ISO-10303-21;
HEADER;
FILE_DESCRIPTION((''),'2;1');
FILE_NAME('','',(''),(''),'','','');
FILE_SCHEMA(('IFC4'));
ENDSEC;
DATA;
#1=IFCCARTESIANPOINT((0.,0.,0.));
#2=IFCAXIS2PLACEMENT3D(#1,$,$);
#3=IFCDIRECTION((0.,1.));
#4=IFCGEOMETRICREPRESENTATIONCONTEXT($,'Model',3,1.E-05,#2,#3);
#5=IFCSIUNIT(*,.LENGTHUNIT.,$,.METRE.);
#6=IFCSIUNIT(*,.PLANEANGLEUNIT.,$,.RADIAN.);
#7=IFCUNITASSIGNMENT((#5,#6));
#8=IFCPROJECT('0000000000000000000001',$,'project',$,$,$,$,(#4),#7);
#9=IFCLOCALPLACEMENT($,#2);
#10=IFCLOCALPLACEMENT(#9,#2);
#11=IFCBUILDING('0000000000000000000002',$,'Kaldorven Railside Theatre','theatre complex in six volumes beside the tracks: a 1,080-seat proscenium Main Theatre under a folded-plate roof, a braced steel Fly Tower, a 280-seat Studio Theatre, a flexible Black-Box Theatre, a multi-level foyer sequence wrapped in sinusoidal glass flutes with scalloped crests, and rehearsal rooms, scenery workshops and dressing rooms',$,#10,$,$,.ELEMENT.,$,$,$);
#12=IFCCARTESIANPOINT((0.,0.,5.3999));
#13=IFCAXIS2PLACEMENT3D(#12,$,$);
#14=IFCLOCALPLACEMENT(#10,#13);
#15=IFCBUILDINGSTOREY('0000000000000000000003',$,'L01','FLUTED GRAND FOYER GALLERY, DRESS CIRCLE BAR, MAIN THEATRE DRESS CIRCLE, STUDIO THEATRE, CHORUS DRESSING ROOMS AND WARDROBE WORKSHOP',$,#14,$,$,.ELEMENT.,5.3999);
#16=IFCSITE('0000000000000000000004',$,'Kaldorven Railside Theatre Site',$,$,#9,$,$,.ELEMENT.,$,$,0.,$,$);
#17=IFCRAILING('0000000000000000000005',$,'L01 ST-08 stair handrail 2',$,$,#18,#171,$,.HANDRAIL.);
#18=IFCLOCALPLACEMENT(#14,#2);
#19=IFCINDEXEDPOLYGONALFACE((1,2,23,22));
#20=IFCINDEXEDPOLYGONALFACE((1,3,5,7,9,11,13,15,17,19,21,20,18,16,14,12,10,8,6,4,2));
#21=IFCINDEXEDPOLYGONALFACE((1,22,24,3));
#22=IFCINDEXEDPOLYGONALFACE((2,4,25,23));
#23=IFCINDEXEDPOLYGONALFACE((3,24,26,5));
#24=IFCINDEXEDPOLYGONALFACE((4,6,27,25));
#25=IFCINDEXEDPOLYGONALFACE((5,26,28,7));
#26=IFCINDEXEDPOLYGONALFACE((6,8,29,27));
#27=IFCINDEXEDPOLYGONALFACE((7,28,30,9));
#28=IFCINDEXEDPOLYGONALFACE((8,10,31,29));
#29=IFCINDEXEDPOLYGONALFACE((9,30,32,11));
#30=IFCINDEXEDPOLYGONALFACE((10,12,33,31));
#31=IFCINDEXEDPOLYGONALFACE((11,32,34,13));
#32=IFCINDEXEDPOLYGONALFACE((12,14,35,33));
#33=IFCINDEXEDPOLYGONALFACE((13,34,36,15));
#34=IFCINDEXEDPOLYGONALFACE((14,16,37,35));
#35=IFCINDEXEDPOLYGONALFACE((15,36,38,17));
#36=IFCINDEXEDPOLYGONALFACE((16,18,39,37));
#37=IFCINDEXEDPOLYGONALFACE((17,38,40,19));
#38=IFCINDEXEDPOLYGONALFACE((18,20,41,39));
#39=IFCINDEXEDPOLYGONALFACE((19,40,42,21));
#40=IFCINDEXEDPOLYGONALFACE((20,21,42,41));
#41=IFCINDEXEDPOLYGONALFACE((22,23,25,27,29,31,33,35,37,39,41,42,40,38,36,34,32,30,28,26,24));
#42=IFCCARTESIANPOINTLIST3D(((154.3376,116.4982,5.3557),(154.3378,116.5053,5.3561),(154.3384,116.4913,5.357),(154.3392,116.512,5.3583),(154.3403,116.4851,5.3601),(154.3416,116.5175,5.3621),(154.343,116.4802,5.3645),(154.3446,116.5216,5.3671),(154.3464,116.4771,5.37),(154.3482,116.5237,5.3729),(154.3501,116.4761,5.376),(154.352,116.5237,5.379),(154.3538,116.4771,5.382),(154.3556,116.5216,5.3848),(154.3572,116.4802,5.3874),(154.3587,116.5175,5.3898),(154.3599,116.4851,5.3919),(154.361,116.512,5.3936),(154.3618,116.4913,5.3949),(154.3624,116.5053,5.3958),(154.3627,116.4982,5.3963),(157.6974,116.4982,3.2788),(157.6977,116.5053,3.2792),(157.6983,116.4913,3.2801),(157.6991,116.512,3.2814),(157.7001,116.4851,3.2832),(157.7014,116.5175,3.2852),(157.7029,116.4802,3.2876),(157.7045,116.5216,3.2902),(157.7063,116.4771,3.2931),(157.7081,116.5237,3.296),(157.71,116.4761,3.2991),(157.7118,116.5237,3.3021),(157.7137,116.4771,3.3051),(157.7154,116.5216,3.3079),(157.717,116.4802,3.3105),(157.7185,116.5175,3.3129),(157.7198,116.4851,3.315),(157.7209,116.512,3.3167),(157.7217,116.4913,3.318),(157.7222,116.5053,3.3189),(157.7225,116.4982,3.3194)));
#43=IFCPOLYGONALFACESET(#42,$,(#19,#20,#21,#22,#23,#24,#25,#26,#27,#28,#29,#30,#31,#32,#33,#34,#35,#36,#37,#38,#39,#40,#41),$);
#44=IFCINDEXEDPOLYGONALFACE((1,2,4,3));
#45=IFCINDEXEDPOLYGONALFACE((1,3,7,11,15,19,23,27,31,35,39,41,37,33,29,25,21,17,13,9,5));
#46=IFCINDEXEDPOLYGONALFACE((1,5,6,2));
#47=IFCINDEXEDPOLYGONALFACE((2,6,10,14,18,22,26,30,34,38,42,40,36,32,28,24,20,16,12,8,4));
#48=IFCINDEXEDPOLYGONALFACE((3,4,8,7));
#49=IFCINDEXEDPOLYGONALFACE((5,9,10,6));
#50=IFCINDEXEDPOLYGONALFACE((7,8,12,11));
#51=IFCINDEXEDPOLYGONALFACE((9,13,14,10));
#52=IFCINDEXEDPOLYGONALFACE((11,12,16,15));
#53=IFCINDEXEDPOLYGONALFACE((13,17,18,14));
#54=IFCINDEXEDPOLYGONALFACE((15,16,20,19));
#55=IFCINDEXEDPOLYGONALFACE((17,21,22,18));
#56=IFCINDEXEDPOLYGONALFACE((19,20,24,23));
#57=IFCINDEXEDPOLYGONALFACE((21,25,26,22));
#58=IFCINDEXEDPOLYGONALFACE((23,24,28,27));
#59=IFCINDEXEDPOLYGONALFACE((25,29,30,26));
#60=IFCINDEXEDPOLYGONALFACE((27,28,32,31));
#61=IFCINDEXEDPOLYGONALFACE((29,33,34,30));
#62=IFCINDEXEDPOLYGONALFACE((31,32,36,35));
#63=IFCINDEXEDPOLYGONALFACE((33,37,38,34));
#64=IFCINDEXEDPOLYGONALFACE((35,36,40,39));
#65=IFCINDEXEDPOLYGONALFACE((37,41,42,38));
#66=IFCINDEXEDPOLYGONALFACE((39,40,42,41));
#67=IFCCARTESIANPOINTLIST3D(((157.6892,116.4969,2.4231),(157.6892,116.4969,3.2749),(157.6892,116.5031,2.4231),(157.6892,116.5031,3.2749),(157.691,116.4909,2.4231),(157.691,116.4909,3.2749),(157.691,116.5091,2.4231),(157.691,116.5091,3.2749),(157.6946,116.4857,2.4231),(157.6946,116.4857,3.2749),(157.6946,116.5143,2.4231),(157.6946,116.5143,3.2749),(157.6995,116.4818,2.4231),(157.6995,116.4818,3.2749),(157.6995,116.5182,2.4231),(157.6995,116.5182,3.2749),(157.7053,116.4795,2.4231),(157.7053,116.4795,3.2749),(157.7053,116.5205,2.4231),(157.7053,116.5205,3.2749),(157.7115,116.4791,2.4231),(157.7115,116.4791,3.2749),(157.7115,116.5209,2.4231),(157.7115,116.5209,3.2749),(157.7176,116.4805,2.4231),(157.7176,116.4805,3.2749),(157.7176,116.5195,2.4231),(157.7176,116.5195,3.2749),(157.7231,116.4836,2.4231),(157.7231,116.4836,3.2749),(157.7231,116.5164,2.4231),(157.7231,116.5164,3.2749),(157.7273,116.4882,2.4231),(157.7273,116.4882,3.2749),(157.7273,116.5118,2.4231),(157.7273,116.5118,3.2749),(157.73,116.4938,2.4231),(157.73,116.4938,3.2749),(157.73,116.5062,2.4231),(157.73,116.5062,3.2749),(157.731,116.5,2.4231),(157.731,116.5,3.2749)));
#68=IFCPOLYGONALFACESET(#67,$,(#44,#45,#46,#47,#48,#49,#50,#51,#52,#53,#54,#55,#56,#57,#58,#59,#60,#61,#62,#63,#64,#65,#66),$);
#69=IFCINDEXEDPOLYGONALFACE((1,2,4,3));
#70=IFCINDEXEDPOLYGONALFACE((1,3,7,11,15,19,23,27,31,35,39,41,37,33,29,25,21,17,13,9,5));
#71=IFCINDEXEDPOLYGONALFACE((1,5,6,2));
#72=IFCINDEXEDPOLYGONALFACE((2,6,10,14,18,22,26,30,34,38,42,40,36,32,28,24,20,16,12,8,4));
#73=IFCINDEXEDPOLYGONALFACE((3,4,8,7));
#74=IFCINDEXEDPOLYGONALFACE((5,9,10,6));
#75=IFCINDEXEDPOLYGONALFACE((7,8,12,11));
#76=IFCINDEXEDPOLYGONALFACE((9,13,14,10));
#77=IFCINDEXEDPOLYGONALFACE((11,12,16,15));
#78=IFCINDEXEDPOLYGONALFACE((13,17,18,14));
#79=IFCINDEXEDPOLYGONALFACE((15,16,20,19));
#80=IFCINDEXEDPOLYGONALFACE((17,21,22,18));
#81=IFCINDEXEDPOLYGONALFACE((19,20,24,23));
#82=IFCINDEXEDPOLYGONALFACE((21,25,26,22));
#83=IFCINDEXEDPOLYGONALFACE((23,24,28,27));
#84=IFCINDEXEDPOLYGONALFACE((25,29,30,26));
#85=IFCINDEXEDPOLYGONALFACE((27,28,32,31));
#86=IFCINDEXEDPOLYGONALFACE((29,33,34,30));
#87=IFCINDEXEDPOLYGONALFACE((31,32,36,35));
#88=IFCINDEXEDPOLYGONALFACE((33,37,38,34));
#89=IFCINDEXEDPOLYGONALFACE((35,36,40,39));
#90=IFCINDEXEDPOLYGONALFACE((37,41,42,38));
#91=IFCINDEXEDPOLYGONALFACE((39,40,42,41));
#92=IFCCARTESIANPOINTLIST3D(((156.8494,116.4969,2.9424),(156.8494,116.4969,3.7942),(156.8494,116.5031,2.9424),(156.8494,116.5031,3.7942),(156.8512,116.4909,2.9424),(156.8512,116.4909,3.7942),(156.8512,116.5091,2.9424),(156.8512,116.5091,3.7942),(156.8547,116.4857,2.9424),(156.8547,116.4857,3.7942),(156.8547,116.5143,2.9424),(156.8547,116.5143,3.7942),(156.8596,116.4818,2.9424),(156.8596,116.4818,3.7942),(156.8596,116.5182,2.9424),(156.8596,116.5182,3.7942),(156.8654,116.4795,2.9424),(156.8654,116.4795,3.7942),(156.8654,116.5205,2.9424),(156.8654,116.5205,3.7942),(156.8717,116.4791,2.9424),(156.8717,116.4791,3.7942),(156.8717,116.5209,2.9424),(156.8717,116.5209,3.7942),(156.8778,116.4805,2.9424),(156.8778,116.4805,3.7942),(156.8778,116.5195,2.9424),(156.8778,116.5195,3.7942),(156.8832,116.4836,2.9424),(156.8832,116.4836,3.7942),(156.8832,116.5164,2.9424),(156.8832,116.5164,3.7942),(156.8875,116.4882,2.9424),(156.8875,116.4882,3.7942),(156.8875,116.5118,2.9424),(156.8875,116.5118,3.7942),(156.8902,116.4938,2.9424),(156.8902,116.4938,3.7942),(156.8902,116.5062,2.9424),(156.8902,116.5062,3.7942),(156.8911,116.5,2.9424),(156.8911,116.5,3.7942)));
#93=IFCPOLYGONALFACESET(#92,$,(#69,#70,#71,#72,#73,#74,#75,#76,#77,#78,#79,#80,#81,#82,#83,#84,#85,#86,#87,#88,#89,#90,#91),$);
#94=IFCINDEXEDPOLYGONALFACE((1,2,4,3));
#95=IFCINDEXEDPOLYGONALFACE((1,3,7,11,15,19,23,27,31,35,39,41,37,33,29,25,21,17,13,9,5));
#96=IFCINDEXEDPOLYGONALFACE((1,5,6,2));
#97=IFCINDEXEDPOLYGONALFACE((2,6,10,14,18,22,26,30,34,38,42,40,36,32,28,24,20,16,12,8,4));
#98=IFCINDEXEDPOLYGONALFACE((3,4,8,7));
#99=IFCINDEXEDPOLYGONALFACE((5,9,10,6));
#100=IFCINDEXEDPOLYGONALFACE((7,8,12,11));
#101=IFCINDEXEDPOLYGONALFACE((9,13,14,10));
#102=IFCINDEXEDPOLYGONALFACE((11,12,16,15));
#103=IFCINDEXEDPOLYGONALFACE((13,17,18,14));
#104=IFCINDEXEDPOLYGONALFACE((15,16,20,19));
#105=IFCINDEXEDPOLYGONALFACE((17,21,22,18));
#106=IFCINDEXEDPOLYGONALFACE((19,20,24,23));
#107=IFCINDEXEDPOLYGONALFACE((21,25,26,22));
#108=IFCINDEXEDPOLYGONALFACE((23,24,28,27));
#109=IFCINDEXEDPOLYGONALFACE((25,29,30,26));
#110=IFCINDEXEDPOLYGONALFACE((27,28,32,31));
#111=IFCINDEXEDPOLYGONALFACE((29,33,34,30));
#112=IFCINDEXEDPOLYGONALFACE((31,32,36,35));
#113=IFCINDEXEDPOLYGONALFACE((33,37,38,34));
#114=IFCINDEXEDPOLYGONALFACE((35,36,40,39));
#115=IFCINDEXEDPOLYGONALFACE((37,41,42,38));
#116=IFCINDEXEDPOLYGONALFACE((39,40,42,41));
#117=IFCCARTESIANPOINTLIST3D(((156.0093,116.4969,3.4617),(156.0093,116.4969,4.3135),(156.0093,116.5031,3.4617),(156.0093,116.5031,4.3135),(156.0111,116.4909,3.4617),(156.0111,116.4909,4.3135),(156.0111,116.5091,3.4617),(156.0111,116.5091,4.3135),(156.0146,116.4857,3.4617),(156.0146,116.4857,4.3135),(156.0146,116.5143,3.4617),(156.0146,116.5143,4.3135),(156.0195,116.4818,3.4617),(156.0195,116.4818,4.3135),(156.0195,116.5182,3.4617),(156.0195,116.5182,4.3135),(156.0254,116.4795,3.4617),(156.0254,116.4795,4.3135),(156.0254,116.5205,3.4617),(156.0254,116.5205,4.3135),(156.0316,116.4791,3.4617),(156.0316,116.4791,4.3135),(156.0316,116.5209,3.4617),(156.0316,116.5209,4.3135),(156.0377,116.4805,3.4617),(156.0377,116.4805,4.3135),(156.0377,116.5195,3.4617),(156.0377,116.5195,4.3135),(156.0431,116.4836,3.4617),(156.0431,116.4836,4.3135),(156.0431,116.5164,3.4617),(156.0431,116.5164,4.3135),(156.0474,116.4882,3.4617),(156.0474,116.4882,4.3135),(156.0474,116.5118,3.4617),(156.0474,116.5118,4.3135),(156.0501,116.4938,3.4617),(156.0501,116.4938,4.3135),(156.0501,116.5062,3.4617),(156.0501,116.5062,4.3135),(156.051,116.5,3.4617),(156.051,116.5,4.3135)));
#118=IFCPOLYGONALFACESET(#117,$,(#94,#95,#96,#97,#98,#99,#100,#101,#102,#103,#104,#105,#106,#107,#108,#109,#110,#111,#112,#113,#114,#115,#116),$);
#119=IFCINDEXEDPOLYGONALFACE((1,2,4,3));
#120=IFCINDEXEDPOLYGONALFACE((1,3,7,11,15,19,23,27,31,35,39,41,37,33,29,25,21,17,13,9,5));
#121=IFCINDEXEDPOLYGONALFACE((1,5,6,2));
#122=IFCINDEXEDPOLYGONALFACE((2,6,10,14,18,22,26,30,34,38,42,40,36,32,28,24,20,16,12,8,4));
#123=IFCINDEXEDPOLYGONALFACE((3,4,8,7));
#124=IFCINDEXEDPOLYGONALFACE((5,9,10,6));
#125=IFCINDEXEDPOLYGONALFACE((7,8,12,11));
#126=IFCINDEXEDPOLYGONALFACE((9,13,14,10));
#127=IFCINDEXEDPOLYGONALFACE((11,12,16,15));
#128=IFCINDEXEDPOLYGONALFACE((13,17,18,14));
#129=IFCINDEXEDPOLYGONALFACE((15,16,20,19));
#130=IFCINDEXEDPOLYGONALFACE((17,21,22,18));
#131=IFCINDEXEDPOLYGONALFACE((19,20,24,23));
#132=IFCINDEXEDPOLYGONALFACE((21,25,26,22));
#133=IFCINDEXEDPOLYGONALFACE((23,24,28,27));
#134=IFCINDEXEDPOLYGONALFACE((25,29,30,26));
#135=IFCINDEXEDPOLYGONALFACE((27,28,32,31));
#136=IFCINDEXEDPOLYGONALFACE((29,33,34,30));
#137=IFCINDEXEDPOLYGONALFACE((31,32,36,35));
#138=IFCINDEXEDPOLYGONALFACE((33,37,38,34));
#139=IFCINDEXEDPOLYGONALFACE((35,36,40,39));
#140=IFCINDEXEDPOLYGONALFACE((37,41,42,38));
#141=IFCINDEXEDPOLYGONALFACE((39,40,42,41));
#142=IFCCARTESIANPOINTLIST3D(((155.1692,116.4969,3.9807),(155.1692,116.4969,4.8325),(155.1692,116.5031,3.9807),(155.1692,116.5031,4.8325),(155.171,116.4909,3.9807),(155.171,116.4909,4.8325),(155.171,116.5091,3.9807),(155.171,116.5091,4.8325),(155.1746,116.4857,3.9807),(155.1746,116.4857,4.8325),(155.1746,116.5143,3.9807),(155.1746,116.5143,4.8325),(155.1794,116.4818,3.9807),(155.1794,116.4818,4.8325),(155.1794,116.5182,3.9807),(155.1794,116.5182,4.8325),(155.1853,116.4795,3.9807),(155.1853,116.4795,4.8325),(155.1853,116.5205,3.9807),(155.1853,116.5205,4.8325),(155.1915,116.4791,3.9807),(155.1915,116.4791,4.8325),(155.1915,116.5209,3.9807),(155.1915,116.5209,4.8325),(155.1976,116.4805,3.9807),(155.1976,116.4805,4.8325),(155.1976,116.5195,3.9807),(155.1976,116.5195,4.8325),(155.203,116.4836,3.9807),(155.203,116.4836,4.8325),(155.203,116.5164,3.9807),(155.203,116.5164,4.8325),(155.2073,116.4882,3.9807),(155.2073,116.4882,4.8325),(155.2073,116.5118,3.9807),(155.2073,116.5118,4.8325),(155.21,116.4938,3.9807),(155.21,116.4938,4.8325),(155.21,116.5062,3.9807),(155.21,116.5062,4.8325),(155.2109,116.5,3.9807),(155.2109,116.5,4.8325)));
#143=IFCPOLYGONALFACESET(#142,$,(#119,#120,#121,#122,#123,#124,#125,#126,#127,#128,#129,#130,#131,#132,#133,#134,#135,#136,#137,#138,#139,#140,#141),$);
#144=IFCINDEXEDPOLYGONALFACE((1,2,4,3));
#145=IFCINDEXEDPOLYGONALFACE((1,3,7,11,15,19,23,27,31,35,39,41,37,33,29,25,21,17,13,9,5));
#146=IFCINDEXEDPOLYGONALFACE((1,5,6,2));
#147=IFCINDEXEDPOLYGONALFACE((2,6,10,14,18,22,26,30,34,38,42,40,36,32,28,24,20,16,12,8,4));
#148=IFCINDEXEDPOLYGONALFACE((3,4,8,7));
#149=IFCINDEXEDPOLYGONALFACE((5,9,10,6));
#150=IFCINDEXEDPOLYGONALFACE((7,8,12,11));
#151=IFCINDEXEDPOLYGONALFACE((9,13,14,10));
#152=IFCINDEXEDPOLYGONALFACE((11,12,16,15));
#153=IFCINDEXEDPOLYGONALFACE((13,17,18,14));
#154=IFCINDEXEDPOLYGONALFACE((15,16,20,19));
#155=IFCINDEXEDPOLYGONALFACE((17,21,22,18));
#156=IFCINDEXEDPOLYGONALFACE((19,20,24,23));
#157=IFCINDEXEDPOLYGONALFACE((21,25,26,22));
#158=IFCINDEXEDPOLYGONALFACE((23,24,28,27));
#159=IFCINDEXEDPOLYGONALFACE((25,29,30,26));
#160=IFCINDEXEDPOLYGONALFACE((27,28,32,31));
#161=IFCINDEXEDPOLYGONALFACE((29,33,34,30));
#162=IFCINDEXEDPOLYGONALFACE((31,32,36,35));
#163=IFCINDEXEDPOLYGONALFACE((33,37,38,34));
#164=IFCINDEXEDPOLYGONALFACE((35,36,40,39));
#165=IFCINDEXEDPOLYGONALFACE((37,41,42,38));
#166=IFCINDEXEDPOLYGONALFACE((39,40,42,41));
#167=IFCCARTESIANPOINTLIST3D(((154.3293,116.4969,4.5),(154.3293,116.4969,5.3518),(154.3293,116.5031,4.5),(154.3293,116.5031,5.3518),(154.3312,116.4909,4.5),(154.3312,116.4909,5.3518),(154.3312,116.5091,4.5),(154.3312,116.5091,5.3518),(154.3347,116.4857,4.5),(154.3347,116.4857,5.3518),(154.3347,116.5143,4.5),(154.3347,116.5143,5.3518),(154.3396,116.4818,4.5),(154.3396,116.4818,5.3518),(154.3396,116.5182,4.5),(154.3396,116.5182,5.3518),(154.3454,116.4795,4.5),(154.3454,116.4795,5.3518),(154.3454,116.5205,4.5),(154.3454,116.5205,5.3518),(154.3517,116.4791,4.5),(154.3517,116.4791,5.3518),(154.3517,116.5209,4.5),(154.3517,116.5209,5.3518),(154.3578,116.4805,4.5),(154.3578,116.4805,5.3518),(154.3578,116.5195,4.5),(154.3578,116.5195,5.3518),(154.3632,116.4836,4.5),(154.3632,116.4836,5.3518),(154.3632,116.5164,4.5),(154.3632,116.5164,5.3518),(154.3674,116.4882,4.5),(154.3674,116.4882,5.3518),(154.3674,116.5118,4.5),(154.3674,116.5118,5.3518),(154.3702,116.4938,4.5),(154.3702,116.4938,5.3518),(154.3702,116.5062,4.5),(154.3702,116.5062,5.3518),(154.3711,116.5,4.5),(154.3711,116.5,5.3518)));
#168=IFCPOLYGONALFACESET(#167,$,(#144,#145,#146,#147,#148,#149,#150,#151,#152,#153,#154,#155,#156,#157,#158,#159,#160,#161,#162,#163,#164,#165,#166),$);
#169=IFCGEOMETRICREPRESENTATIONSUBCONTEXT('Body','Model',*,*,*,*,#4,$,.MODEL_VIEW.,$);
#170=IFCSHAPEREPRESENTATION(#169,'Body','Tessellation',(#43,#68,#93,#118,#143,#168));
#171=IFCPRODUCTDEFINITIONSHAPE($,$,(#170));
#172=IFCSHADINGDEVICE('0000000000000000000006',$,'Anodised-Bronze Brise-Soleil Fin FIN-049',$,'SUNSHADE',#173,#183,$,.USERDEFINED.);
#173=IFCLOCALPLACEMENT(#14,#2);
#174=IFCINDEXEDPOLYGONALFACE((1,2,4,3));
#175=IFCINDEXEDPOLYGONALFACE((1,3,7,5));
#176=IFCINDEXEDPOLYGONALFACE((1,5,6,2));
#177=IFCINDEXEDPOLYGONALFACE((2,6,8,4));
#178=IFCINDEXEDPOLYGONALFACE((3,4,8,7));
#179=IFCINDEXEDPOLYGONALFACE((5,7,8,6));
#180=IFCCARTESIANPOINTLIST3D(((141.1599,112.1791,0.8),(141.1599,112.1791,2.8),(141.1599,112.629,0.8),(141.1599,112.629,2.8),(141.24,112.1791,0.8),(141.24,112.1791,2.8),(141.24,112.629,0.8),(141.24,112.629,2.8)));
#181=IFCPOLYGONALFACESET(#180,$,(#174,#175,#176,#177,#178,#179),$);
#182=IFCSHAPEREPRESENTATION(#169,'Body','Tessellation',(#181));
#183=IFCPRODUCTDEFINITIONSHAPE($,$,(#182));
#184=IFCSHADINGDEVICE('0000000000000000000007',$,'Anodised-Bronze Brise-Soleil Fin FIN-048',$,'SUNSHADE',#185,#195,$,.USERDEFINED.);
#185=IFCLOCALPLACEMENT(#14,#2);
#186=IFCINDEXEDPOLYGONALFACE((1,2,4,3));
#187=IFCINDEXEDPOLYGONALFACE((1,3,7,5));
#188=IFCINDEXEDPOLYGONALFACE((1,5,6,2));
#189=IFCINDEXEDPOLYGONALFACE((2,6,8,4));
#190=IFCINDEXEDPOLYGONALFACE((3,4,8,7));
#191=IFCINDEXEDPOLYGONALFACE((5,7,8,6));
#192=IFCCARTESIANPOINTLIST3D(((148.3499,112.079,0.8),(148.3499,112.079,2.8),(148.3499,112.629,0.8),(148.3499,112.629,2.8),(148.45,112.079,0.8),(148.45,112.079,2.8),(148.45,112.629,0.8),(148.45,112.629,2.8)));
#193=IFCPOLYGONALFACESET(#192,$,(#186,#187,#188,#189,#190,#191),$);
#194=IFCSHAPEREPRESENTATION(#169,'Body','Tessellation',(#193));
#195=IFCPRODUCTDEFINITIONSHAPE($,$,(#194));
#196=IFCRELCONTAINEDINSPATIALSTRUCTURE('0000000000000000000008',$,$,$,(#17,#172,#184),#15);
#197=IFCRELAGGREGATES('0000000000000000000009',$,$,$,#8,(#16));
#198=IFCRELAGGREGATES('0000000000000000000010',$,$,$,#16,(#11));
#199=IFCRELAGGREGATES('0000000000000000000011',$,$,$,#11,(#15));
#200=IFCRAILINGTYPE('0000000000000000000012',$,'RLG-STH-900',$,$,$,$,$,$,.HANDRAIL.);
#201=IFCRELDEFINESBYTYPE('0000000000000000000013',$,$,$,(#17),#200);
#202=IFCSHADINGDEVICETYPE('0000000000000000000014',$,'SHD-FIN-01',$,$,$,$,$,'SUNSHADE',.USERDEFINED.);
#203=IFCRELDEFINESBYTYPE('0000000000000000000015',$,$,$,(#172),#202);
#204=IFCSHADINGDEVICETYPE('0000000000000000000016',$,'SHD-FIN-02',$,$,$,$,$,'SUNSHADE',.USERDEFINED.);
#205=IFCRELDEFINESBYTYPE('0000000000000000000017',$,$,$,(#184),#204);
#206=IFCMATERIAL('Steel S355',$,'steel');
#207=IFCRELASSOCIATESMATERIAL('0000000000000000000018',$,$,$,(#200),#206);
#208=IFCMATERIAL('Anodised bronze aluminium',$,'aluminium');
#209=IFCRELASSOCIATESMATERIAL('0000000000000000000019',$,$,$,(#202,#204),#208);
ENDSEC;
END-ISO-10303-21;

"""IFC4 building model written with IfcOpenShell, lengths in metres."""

from ifc_helpers import new_model, si_unit, direction, frame, origin, origin_2d, place, context, subcontext, project, spatial, rectangle, circle, extrude, material, type_object, element, save


model = new_model("IFC4")

# Units and contexts
model_context = context("Model", 3, precision=1e-05, world=origin(), true_north=direction((0.0, 1.0)))
body_context = subcontext(model_context, "Body", "Model", "MODEL_VIEW")
ifc_project = project(units=[si_unit("LENGTHUNIT", "METRE"), si_unit("PLANEANGLEUNIT", "RADIAN")], contexts=[model_context])

# Site, building, storey
site_placement = place(None, origin())
site = spatial("IfcSite", under=ifc_project, at=site_placement, Name="Kaldorven Railside Theatre Site", CompositionType="ELEMENT", RefElevation=0.0)
building_placement = place(site_placement, origin())
building = spatial("IfcBuilding", under=site, at=building_placement, Name="Kaldorven Railside Theatre", Description="theatre complex in six volumes beside the tracks: a 1,080-seat proscenium Main Theatre under a folded-plate roof, a braced steel Fly Tower, a 280-seat Studio Theatre, a flexible Black-Box Theatre, a multi-level foyer sequence wrapped in sinusoidal glass flutes with scalloped crests, and rehearsal rooms, scenery workshops and dressing rooms", CompositionType="ELEMENT")
storey_placement = place(building_placement, frame((0.0, 0.0, 5.3999)))
storey = spatial("IfcBuildingStorey", under=building, at=storey_placement, Name="L01", Description="FLUTED GRAND FOYER GALLERY, DRESS CIRCLE BAR, MAIN THEATRE DRESS CIRCLE, STUDIO THEATRE, CHORUS DRESSING ROOMS AND WARDROBE WORKSHOP", CompositionType="ELEMENT", Elevation=5.3999)

# Shared definitions
ifc_material_1 = material(Name="Steel S355", Category="steel")

# Railing
railing_type_1 = type_object("IfcRailingType", Name="RLG-STH-900", PredefinedType="HANDRAIL", material=ifc_material_1)
railing_1_placement = place(storey_placement, frame((157.71, 116.5, 2.4231)))
element("IfcRailing", 1, at=railing_1_placement, inside=storey, type_object=railing_type_1, Name="L01 ST-08 stair handrail 2", PredefinedType="HANDRAIL", context=body_context, shape_type="SweptSolid", body=[
    extrude(circle(Radius=0.0239, at=origin_2d()), frame((0.0, 0.0, 0.876), z_axis=(-0.850606, 0.0, 0.525803), x_axis=(0.0, -1.0, 0.0)), (0.0, 0.0, 1.0), 3.95),
    extrude(circle(Radius=0.021, at=origin_2d()), origin(), (0.0, 0.0, 1.0), 0.8518),
    extrude(circle(Radius=0.021, at=origin_2d()), frame((-0.8398, 0.0, 0.5193)), (0.0, 0.0, 1.0), 0.8518),
    extrude(circle(Radius=0.021, at=origin_2d()), frame((-1.6799, 0.0, 1.0386)), (0.0, 0.0, 1.0), 0.8518),
    extrude(circle(Radius=0.021, at=origin_2d()), frame((-2.52, 0.0, 1.5576)), (0.0, 0.0, 1.0), 0.8518),
    extrude(circle(Radius=0.021, at=origin_2d()), frame((-3.3599, 0.0, 2.0769)), (0.0, 0.0, 1.0), 0.8518),
])

# Shading devices
ifc_material_2 = material(Name="Anodised bronze aluminium", Category="aluminium")
shading_device_type_1 = type_object("IfcShadingDeviceType", Name="SHD-FIN-01", ElementType="SUNSHADE", PredefinedType="USERDEFINED", material=ifc_material_2)
shading_device_1_placement = place(storey_placement, frame((141.2, 112.4041, 0.8), z_axis=(0.0, 0.0, 1.0), x_axis=(-1.0, 0.0, 0.0)))
element("IfcShadingDevice", 2, at=shading_device_1_placement, inside=storey, type_object=shading_device_type_1, Name="Anodised-Bronze Brise-Soleil Fin FIN-049", ObjectType="SUNSHADE", PredefinedType="USERDEFINED", context=body_context, shape_type="SweptSolid", body=[
    extrude(rectangle(XDim=0.0801, YDim=0.45, at=origin_2d()), origin(), (0.0, 0.0, 1.0), 2.0),
])
shading_device_type_2 = type_object("IfcShadingDeviceType", Name="SHD-FIN-02", ElementType="SUNSHADE", PredefinedType="USERDEFINED", material=ifc_material_2)
shading_device_2_placement = place(storey_placement, frame((148.3999, 112.354, 0.8), z_axis=(0.0, 0.0, 1.0), x_axis=(-1.0, 0.0, 0.0)))
element("IfcShadingDevice", 3, at=shading_device_2_placement, inside=storey, type_object=shading_device_type_2, Name="Anodised-Bronze Brise-Soleil Fin FIN-048", ObjectType="SUNSHADE", PredefinedType="USERDEFINED", context=body_context, shape_type="SweptSolid", body=[
    extrude(rectangle(XDim=0.1001, YDim=0.55, at=origin_2d()), origin(), (0.0, 0.0, 1.0), 2.0),
])

save(model, "model.ifc")
